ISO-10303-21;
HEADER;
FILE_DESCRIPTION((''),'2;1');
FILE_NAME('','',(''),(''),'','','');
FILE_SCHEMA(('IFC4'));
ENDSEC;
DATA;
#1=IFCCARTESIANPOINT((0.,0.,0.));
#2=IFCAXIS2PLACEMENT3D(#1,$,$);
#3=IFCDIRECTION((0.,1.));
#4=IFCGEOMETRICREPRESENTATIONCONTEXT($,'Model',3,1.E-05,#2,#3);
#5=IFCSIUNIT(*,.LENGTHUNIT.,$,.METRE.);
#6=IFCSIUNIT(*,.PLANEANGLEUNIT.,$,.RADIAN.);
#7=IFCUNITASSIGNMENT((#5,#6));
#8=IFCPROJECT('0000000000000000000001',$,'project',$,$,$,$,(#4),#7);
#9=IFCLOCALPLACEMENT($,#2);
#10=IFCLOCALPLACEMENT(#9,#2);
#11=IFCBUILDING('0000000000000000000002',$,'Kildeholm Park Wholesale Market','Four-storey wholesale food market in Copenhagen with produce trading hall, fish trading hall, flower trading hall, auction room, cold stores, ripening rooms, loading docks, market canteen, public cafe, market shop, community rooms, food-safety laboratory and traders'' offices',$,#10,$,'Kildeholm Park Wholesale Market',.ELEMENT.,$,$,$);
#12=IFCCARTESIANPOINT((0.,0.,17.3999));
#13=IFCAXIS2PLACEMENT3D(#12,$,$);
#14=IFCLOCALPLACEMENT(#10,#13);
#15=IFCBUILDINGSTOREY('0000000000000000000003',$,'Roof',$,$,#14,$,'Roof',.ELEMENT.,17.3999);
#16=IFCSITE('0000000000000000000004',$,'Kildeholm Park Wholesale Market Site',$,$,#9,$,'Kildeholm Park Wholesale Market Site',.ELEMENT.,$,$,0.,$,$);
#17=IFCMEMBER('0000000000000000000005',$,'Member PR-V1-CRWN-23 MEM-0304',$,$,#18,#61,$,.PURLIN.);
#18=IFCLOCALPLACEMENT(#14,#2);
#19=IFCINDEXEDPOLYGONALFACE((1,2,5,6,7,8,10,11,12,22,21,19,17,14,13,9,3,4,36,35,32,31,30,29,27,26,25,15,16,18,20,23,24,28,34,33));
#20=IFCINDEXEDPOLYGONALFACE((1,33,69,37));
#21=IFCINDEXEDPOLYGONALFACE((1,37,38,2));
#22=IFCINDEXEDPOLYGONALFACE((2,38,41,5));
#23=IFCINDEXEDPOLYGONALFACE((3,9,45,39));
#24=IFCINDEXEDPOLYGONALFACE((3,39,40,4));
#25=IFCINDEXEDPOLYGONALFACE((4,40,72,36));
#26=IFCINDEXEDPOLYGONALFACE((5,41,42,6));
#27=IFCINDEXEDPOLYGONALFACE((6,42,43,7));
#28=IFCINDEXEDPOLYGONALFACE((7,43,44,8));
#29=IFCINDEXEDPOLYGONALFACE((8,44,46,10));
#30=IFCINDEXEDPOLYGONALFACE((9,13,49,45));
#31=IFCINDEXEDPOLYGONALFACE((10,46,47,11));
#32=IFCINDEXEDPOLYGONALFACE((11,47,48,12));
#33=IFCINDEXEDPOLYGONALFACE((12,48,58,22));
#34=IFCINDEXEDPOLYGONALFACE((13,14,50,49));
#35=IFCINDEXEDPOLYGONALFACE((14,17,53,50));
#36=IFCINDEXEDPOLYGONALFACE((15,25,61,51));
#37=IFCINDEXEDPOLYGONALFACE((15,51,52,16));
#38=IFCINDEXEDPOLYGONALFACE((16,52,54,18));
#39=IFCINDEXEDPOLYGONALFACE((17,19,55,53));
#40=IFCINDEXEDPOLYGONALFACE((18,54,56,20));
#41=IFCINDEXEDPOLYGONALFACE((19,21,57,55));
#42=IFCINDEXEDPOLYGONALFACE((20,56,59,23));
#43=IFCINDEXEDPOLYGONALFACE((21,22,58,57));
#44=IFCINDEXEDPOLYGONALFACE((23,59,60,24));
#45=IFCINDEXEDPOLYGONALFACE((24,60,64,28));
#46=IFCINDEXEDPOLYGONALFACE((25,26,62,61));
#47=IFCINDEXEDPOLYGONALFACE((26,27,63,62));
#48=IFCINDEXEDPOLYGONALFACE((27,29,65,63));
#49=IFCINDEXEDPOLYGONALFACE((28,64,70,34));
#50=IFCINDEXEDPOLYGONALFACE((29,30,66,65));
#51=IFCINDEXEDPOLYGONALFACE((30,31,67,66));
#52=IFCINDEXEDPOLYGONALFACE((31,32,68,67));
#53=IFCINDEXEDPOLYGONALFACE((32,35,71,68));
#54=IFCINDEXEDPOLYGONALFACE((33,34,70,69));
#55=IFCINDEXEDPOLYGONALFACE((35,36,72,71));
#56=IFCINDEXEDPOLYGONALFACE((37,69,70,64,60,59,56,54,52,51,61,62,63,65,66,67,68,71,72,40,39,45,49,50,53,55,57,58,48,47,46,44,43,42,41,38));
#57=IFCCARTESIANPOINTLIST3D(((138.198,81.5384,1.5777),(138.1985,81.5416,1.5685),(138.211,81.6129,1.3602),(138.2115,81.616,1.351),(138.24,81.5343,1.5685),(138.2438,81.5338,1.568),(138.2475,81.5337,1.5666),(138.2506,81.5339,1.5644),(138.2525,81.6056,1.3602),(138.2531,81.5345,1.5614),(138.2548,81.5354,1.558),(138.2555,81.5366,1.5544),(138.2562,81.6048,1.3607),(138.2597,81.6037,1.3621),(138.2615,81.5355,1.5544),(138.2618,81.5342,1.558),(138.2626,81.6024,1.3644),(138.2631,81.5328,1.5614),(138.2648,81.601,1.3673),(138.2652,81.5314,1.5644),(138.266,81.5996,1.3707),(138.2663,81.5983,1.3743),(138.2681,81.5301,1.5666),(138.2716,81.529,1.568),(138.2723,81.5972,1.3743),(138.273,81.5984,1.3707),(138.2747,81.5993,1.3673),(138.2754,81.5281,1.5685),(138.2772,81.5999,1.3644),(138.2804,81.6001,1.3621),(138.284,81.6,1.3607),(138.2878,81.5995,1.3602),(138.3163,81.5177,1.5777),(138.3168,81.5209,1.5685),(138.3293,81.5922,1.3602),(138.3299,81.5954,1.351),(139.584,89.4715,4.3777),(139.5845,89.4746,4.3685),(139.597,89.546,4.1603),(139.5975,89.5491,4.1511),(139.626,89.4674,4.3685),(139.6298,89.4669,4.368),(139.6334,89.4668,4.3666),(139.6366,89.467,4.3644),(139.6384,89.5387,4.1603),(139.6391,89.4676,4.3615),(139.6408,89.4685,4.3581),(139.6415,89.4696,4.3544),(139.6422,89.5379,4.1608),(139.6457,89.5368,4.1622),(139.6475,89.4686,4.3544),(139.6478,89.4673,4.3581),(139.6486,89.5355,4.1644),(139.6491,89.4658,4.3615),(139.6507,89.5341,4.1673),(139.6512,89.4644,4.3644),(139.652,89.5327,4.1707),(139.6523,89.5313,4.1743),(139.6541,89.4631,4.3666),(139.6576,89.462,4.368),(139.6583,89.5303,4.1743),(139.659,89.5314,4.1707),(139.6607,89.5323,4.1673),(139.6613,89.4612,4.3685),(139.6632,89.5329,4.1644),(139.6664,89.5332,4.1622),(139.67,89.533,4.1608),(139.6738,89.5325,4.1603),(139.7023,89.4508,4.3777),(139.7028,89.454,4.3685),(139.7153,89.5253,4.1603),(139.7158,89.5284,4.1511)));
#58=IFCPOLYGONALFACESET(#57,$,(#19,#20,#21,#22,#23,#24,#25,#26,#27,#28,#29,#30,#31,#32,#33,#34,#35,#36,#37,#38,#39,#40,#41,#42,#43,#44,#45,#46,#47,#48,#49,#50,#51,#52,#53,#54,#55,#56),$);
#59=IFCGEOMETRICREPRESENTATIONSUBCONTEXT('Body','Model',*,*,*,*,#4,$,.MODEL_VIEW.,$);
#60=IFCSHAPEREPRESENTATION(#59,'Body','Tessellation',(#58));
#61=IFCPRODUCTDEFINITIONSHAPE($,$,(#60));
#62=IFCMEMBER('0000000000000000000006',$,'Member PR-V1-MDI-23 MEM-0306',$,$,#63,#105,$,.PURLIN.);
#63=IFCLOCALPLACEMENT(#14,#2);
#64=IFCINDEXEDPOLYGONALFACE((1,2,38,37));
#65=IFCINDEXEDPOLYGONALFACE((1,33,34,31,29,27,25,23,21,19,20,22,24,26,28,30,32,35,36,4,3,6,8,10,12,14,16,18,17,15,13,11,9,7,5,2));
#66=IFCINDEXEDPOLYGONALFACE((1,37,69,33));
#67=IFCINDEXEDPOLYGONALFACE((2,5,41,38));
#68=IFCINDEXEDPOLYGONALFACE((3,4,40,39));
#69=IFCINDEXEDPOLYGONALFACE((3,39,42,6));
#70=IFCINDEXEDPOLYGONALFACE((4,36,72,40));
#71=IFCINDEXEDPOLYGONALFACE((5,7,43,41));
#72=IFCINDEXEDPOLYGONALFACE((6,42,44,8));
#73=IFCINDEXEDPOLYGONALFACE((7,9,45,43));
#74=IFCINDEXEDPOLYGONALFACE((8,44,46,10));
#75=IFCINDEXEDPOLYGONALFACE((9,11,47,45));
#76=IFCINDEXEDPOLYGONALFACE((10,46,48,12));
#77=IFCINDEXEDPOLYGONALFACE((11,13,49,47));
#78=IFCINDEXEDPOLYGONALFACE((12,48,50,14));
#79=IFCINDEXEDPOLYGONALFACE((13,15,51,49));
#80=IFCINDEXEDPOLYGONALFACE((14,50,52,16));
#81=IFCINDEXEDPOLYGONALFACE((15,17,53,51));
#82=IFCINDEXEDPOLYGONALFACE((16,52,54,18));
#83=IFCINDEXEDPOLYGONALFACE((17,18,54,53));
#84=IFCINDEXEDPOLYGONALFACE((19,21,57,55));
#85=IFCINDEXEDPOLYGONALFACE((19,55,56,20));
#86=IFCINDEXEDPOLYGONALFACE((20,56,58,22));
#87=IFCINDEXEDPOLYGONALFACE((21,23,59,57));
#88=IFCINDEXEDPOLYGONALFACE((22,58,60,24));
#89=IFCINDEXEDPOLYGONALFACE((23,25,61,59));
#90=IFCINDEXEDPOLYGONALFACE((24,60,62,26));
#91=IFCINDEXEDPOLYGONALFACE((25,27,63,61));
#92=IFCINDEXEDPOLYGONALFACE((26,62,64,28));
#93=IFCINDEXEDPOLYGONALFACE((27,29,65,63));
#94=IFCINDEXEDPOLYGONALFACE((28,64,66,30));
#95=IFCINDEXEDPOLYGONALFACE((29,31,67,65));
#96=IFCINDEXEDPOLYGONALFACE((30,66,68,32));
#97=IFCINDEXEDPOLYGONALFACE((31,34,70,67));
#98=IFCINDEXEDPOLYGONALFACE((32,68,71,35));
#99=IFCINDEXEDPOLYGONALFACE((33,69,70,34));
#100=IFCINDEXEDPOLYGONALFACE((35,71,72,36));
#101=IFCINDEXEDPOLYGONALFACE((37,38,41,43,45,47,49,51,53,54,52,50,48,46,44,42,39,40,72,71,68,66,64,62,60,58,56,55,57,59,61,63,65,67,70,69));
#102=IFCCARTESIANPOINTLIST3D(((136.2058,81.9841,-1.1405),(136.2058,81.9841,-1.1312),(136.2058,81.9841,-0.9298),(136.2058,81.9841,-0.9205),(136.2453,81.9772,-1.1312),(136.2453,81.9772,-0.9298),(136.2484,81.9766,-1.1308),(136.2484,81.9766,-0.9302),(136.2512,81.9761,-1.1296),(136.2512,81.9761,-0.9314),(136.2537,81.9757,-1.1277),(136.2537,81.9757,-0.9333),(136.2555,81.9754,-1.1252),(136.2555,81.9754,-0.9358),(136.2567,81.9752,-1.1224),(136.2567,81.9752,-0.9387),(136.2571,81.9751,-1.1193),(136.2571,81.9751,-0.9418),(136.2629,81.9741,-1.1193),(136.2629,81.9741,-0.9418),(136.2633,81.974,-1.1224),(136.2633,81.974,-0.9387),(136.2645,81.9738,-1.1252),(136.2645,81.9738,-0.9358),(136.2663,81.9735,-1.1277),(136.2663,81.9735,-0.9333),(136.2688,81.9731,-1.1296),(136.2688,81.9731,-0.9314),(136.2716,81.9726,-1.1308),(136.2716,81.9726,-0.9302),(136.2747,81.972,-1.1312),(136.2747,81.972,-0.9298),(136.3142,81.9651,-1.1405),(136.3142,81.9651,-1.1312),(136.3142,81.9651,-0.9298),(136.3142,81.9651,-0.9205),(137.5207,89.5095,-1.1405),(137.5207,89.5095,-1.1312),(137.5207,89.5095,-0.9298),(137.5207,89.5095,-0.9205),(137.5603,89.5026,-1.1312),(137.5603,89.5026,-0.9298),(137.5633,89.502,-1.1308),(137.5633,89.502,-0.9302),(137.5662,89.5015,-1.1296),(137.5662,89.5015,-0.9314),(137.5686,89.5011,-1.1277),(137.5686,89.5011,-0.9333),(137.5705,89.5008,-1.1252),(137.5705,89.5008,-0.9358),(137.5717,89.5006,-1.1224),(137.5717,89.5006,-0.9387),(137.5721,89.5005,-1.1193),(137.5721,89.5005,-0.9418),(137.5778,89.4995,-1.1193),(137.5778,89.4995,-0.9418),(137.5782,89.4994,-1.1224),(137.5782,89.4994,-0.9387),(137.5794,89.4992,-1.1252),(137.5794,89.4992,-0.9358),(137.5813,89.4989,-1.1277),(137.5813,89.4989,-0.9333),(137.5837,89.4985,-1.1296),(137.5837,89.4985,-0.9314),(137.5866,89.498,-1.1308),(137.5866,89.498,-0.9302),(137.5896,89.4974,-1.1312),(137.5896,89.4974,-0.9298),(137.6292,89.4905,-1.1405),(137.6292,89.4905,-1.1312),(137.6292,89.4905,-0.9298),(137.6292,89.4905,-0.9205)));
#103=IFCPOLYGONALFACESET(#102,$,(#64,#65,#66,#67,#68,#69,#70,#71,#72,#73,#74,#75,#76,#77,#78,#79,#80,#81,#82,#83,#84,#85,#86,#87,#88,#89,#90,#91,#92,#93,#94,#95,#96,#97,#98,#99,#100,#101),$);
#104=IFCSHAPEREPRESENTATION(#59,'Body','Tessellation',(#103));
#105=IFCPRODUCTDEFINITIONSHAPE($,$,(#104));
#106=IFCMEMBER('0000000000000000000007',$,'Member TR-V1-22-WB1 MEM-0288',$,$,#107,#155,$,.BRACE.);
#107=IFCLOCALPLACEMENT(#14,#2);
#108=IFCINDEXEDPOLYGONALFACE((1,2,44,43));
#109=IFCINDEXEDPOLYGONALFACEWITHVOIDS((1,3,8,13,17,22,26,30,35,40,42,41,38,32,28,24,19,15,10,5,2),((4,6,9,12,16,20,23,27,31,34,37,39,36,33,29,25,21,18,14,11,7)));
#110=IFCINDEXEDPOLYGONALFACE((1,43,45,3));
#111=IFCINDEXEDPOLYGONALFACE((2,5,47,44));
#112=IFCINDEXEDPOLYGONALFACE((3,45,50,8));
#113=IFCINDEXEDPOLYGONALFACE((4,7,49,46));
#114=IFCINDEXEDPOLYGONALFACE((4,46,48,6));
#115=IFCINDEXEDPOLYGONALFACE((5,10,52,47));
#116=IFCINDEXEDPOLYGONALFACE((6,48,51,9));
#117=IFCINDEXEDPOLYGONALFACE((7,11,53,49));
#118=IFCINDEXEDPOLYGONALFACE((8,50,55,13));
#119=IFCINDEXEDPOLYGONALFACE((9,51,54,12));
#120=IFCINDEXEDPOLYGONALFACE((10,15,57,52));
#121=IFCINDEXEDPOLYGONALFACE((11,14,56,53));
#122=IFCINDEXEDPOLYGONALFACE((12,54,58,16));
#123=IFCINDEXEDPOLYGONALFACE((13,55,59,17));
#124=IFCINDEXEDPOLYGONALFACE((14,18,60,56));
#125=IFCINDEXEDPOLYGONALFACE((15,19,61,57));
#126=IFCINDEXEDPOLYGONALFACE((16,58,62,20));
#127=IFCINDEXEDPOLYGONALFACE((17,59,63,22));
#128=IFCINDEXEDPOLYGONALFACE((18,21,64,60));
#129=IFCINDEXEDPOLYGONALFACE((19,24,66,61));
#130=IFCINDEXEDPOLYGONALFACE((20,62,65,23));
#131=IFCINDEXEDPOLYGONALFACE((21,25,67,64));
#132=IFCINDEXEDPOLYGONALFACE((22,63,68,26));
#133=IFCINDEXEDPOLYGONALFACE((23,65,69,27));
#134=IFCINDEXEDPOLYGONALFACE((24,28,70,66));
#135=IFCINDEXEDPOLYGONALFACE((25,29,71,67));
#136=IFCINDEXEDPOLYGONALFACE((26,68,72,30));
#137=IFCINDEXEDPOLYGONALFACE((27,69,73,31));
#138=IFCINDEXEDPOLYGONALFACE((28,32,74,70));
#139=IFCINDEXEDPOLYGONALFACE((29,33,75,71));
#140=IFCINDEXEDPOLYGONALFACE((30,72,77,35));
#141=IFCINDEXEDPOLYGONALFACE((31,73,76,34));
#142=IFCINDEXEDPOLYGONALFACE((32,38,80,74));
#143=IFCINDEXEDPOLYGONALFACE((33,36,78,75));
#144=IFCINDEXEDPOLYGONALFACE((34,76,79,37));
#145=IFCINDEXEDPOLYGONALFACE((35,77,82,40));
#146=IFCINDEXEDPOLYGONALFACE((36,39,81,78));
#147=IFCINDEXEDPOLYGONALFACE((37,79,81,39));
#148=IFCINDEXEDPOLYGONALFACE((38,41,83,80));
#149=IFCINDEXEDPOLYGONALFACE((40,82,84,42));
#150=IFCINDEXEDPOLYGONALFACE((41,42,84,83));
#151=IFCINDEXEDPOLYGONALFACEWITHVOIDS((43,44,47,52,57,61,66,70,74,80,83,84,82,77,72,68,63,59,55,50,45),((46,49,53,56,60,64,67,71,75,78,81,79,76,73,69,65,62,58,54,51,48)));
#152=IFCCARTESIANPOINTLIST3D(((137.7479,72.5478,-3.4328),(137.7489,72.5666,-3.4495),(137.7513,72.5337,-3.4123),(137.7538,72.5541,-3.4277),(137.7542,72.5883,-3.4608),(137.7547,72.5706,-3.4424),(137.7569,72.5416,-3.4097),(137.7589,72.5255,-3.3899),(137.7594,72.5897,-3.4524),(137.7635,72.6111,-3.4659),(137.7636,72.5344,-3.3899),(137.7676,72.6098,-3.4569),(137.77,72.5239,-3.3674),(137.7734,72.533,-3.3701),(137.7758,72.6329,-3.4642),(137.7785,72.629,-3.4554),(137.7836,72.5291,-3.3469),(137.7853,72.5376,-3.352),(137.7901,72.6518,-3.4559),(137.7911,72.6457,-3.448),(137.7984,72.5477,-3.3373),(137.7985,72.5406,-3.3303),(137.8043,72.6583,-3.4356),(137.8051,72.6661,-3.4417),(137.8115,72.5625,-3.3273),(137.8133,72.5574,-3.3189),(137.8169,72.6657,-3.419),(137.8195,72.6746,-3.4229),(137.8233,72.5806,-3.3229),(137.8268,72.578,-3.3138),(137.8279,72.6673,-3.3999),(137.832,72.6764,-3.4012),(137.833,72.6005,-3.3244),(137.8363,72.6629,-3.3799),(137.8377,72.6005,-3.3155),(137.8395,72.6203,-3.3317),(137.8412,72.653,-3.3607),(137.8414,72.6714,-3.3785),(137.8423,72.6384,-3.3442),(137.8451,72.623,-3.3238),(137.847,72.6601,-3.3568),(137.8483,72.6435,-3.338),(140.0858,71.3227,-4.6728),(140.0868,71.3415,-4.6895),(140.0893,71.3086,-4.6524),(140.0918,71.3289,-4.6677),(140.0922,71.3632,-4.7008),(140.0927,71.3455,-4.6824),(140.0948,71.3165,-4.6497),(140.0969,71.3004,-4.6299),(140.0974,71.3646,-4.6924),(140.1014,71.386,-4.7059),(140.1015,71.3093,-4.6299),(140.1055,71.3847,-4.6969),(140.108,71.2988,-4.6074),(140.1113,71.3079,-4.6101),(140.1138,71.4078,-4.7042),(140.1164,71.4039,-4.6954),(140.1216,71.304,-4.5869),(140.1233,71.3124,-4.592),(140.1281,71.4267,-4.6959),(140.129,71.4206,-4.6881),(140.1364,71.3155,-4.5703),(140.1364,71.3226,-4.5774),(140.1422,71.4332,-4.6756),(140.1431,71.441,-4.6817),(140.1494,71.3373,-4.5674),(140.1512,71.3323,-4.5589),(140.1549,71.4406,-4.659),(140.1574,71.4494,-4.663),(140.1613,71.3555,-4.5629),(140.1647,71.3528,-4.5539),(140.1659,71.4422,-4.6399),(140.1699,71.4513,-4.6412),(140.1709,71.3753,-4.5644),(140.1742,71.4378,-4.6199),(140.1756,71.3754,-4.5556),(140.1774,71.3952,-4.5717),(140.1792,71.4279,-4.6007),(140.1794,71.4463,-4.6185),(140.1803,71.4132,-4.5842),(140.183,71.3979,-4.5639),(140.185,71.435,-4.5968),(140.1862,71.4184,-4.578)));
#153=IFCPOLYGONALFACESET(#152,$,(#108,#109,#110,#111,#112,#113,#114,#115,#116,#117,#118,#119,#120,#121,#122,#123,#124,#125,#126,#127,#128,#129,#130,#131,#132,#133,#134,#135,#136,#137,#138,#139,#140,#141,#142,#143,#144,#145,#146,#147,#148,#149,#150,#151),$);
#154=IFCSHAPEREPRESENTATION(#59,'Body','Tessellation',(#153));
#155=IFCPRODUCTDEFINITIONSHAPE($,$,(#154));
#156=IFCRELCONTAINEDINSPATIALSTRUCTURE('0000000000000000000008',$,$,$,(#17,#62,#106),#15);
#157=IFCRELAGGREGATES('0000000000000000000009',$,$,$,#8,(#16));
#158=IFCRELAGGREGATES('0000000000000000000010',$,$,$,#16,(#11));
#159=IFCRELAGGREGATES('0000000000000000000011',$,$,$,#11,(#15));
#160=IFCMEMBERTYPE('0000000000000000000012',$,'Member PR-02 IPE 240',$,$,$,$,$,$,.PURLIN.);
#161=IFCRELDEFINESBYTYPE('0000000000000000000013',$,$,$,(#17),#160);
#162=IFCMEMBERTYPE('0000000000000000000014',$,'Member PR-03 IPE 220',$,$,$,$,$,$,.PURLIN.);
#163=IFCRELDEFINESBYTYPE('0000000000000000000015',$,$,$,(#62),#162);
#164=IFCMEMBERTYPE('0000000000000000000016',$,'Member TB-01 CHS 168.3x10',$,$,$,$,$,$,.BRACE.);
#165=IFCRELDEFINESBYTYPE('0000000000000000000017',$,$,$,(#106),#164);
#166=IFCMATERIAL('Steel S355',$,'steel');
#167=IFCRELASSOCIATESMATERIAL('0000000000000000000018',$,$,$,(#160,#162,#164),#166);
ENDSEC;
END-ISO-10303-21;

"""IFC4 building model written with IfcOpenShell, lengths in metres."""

from ifc_helpers import new_model, si_unit, direction, frame, origin, origin_2d, place, context, subcontext, project, spatial, hollow_circle, i_section, extrude, material, material_profile, profile_set, type_object, element, save


model = new_model("IFC4")

# Units and contexts
model_context = context("Model", 3, precision=1e-05, world=origin(), true_north=direction((0.0, 1.0)))
body_context = subcontext(model_context, "Body", "Model", "MODEL_VIEW")
ifc_project = project(units=[si_unit("LENGTHUNIT", "METRE"), si_unit("PLANEANGLEUNIT", "RADIAN")], contexts=[model_context])

# Site, building, storey
site_placement = place(None, origin())
site = spatial("IfcSite", under=ifc_project, at=site_placement, Name="Kildeholm Park Wholesale Market Site", LongName="Kildeholm Park Wholesale Market Site", CompositionType="ELEMENT", RefElevation=0.0)
building_placement = place(site_placement, origin())
building = spatial("IfcBuilding", under=site, at=building_placement, Name="Kildeholm Park Wholesale Market", Description="Four-storey wholesale food market in Copenhagen with produce trading hall, fish trading hall, flower trading hall, auction room, cold stores, ripening rooms, loading docks, market canteen, public cafe, market shop, community rooms, food-safety laboratory and traders' offices", LongName="Kildeholm Park Wholesale Market", CompositionType="ELEMENT")
storey_placement = place(building_placement, frame((0.0, 0.0, 17.3999)))
storey = spatial("IfcBuildingStorey", under=building, at=storey_placement, Name="Roof", LongName="Roof", CompositionType="ELEMENT", Elevation=17.3999)

# Members
ifc_material_1 = material(Name="Steel S355", Category="steel")
ifc_material_profile_1 = material_profile(ifc_material_1, i_section(OverallWidth=0.1201, OverallDepth=0.24, WebThickness=0.0061, FlangeThickness=0.0098, FilletRadius=0.0149, at=origin_2d()), Name="IPE 240")
ifc_profile_set_1 = profile_set([ifc_material_profile_1], Name="Steel S355")
member_type_1 = type_object("IfcMemberType", Name="Member PR-02 IPE 240", PredefinedType="PURLIN", material=ifc_profile_set_1)
member_1_placement = place(storey_placement, frame((138.2639, 81.5669, 1.4644), z_axis=(0.162557, 0.930443, 0.328407), x_axis=(-0.985079, 0.172102, 0.0)))
element("IfcMember", 1, at=member_1_placement, inside=storey, type_object=member_type_1, Name="Member PR-V1-CRWN-23 MEM-0304", PredefinedType="PURLIN", context=body_context, shape_type="SweptSolid", body=[
    extrude(i_section(OverallWidth=0.1201, OverallDepth=0.24, WebThickness=0.0061, FlangeThickness=0.0098, FilletRadius=0.0149, at=origin_2d()), origin(), (0.0, 0.0, 1.0), 8.5261),
])
ifc_material_profile_2 = material_profile(ifc_material_1, i_section(OverallWidth=0.1101, OverallDepth=0.22, WebThickness=0.0059, FlangeThickness=0.0093, FilletRadius=0.012, at=origin_2d()), Name="IPE 220")
ifc_profile_set_2 = profile_set([ifc_material_profile_2], Name="Steel S355")
member_type_2 = type_object("IfcMemberType", Name="Member PR-03 IPE 220", PredefinedType="PURLIN", material=ifc_profile_set_2)
member_2_placement = place(storey_placement, frame((136.26, 81.9746, -1.0305), z_axis=(0.172126, 0.985075, 0.0), x_axis=(-0.985075, 0.172126, 0.0)))
element("IfcMember", 2, at=member_2_placement, inside=storey, type_object=member_type_2, Name="Member PR-V1-MDI-23 MEM-0306", PredefinedType="PURLIN", context=body_context, shape_type="SweptSolid", body=[
    extrude(i_section(OverallWidth=0.1101, OverallDepth=0.22, WebThickness=0.0059, FlangeThickness=0.0093, FilletRadius=0.012, at=origin_2d()), origin(), (0.0, 0.0, 1.0), 7.6394),
])
ifc_material_profile_3 = material_profile(ifc_material_1, hollow_circle(Radius=0.0842, WallThickness=0.01, at=origin_2d()), Name="CHS 168.3x10")
ifc_profile_set_3 = profile_set([ifc_material_profile_3], Name="Steel S355")
member_type_3 = type_object("IfcMemberType", Name="Member TB-01 CHS 168.3x10", PredefinedType="BRACE", material=ifc_profile_set_3)
member_3_placement = place(storey_placement, frame((140.136, 71.375, -4.6299), z_axis=(-0.801693, 0.420102, 0.425209), x_axis=(-0.464152, -0.885755, 0.0)))
element("IfcMember", 3, at=member_3_placement, inside=storey, type_object=member_type_3, Name="Member TR-V1-22-WB1 MEM-0288", PredefinedType="BRACE", context=body_context, shape_type="SweptSolid", body=[
    extrude(hollow_circle(Radius=0.0842, WallThickness=0.01, at=origin_2d()), origin(), (0.0, 0.0, 1.0), 2.9163),
])

save(model, "model.ifc")
